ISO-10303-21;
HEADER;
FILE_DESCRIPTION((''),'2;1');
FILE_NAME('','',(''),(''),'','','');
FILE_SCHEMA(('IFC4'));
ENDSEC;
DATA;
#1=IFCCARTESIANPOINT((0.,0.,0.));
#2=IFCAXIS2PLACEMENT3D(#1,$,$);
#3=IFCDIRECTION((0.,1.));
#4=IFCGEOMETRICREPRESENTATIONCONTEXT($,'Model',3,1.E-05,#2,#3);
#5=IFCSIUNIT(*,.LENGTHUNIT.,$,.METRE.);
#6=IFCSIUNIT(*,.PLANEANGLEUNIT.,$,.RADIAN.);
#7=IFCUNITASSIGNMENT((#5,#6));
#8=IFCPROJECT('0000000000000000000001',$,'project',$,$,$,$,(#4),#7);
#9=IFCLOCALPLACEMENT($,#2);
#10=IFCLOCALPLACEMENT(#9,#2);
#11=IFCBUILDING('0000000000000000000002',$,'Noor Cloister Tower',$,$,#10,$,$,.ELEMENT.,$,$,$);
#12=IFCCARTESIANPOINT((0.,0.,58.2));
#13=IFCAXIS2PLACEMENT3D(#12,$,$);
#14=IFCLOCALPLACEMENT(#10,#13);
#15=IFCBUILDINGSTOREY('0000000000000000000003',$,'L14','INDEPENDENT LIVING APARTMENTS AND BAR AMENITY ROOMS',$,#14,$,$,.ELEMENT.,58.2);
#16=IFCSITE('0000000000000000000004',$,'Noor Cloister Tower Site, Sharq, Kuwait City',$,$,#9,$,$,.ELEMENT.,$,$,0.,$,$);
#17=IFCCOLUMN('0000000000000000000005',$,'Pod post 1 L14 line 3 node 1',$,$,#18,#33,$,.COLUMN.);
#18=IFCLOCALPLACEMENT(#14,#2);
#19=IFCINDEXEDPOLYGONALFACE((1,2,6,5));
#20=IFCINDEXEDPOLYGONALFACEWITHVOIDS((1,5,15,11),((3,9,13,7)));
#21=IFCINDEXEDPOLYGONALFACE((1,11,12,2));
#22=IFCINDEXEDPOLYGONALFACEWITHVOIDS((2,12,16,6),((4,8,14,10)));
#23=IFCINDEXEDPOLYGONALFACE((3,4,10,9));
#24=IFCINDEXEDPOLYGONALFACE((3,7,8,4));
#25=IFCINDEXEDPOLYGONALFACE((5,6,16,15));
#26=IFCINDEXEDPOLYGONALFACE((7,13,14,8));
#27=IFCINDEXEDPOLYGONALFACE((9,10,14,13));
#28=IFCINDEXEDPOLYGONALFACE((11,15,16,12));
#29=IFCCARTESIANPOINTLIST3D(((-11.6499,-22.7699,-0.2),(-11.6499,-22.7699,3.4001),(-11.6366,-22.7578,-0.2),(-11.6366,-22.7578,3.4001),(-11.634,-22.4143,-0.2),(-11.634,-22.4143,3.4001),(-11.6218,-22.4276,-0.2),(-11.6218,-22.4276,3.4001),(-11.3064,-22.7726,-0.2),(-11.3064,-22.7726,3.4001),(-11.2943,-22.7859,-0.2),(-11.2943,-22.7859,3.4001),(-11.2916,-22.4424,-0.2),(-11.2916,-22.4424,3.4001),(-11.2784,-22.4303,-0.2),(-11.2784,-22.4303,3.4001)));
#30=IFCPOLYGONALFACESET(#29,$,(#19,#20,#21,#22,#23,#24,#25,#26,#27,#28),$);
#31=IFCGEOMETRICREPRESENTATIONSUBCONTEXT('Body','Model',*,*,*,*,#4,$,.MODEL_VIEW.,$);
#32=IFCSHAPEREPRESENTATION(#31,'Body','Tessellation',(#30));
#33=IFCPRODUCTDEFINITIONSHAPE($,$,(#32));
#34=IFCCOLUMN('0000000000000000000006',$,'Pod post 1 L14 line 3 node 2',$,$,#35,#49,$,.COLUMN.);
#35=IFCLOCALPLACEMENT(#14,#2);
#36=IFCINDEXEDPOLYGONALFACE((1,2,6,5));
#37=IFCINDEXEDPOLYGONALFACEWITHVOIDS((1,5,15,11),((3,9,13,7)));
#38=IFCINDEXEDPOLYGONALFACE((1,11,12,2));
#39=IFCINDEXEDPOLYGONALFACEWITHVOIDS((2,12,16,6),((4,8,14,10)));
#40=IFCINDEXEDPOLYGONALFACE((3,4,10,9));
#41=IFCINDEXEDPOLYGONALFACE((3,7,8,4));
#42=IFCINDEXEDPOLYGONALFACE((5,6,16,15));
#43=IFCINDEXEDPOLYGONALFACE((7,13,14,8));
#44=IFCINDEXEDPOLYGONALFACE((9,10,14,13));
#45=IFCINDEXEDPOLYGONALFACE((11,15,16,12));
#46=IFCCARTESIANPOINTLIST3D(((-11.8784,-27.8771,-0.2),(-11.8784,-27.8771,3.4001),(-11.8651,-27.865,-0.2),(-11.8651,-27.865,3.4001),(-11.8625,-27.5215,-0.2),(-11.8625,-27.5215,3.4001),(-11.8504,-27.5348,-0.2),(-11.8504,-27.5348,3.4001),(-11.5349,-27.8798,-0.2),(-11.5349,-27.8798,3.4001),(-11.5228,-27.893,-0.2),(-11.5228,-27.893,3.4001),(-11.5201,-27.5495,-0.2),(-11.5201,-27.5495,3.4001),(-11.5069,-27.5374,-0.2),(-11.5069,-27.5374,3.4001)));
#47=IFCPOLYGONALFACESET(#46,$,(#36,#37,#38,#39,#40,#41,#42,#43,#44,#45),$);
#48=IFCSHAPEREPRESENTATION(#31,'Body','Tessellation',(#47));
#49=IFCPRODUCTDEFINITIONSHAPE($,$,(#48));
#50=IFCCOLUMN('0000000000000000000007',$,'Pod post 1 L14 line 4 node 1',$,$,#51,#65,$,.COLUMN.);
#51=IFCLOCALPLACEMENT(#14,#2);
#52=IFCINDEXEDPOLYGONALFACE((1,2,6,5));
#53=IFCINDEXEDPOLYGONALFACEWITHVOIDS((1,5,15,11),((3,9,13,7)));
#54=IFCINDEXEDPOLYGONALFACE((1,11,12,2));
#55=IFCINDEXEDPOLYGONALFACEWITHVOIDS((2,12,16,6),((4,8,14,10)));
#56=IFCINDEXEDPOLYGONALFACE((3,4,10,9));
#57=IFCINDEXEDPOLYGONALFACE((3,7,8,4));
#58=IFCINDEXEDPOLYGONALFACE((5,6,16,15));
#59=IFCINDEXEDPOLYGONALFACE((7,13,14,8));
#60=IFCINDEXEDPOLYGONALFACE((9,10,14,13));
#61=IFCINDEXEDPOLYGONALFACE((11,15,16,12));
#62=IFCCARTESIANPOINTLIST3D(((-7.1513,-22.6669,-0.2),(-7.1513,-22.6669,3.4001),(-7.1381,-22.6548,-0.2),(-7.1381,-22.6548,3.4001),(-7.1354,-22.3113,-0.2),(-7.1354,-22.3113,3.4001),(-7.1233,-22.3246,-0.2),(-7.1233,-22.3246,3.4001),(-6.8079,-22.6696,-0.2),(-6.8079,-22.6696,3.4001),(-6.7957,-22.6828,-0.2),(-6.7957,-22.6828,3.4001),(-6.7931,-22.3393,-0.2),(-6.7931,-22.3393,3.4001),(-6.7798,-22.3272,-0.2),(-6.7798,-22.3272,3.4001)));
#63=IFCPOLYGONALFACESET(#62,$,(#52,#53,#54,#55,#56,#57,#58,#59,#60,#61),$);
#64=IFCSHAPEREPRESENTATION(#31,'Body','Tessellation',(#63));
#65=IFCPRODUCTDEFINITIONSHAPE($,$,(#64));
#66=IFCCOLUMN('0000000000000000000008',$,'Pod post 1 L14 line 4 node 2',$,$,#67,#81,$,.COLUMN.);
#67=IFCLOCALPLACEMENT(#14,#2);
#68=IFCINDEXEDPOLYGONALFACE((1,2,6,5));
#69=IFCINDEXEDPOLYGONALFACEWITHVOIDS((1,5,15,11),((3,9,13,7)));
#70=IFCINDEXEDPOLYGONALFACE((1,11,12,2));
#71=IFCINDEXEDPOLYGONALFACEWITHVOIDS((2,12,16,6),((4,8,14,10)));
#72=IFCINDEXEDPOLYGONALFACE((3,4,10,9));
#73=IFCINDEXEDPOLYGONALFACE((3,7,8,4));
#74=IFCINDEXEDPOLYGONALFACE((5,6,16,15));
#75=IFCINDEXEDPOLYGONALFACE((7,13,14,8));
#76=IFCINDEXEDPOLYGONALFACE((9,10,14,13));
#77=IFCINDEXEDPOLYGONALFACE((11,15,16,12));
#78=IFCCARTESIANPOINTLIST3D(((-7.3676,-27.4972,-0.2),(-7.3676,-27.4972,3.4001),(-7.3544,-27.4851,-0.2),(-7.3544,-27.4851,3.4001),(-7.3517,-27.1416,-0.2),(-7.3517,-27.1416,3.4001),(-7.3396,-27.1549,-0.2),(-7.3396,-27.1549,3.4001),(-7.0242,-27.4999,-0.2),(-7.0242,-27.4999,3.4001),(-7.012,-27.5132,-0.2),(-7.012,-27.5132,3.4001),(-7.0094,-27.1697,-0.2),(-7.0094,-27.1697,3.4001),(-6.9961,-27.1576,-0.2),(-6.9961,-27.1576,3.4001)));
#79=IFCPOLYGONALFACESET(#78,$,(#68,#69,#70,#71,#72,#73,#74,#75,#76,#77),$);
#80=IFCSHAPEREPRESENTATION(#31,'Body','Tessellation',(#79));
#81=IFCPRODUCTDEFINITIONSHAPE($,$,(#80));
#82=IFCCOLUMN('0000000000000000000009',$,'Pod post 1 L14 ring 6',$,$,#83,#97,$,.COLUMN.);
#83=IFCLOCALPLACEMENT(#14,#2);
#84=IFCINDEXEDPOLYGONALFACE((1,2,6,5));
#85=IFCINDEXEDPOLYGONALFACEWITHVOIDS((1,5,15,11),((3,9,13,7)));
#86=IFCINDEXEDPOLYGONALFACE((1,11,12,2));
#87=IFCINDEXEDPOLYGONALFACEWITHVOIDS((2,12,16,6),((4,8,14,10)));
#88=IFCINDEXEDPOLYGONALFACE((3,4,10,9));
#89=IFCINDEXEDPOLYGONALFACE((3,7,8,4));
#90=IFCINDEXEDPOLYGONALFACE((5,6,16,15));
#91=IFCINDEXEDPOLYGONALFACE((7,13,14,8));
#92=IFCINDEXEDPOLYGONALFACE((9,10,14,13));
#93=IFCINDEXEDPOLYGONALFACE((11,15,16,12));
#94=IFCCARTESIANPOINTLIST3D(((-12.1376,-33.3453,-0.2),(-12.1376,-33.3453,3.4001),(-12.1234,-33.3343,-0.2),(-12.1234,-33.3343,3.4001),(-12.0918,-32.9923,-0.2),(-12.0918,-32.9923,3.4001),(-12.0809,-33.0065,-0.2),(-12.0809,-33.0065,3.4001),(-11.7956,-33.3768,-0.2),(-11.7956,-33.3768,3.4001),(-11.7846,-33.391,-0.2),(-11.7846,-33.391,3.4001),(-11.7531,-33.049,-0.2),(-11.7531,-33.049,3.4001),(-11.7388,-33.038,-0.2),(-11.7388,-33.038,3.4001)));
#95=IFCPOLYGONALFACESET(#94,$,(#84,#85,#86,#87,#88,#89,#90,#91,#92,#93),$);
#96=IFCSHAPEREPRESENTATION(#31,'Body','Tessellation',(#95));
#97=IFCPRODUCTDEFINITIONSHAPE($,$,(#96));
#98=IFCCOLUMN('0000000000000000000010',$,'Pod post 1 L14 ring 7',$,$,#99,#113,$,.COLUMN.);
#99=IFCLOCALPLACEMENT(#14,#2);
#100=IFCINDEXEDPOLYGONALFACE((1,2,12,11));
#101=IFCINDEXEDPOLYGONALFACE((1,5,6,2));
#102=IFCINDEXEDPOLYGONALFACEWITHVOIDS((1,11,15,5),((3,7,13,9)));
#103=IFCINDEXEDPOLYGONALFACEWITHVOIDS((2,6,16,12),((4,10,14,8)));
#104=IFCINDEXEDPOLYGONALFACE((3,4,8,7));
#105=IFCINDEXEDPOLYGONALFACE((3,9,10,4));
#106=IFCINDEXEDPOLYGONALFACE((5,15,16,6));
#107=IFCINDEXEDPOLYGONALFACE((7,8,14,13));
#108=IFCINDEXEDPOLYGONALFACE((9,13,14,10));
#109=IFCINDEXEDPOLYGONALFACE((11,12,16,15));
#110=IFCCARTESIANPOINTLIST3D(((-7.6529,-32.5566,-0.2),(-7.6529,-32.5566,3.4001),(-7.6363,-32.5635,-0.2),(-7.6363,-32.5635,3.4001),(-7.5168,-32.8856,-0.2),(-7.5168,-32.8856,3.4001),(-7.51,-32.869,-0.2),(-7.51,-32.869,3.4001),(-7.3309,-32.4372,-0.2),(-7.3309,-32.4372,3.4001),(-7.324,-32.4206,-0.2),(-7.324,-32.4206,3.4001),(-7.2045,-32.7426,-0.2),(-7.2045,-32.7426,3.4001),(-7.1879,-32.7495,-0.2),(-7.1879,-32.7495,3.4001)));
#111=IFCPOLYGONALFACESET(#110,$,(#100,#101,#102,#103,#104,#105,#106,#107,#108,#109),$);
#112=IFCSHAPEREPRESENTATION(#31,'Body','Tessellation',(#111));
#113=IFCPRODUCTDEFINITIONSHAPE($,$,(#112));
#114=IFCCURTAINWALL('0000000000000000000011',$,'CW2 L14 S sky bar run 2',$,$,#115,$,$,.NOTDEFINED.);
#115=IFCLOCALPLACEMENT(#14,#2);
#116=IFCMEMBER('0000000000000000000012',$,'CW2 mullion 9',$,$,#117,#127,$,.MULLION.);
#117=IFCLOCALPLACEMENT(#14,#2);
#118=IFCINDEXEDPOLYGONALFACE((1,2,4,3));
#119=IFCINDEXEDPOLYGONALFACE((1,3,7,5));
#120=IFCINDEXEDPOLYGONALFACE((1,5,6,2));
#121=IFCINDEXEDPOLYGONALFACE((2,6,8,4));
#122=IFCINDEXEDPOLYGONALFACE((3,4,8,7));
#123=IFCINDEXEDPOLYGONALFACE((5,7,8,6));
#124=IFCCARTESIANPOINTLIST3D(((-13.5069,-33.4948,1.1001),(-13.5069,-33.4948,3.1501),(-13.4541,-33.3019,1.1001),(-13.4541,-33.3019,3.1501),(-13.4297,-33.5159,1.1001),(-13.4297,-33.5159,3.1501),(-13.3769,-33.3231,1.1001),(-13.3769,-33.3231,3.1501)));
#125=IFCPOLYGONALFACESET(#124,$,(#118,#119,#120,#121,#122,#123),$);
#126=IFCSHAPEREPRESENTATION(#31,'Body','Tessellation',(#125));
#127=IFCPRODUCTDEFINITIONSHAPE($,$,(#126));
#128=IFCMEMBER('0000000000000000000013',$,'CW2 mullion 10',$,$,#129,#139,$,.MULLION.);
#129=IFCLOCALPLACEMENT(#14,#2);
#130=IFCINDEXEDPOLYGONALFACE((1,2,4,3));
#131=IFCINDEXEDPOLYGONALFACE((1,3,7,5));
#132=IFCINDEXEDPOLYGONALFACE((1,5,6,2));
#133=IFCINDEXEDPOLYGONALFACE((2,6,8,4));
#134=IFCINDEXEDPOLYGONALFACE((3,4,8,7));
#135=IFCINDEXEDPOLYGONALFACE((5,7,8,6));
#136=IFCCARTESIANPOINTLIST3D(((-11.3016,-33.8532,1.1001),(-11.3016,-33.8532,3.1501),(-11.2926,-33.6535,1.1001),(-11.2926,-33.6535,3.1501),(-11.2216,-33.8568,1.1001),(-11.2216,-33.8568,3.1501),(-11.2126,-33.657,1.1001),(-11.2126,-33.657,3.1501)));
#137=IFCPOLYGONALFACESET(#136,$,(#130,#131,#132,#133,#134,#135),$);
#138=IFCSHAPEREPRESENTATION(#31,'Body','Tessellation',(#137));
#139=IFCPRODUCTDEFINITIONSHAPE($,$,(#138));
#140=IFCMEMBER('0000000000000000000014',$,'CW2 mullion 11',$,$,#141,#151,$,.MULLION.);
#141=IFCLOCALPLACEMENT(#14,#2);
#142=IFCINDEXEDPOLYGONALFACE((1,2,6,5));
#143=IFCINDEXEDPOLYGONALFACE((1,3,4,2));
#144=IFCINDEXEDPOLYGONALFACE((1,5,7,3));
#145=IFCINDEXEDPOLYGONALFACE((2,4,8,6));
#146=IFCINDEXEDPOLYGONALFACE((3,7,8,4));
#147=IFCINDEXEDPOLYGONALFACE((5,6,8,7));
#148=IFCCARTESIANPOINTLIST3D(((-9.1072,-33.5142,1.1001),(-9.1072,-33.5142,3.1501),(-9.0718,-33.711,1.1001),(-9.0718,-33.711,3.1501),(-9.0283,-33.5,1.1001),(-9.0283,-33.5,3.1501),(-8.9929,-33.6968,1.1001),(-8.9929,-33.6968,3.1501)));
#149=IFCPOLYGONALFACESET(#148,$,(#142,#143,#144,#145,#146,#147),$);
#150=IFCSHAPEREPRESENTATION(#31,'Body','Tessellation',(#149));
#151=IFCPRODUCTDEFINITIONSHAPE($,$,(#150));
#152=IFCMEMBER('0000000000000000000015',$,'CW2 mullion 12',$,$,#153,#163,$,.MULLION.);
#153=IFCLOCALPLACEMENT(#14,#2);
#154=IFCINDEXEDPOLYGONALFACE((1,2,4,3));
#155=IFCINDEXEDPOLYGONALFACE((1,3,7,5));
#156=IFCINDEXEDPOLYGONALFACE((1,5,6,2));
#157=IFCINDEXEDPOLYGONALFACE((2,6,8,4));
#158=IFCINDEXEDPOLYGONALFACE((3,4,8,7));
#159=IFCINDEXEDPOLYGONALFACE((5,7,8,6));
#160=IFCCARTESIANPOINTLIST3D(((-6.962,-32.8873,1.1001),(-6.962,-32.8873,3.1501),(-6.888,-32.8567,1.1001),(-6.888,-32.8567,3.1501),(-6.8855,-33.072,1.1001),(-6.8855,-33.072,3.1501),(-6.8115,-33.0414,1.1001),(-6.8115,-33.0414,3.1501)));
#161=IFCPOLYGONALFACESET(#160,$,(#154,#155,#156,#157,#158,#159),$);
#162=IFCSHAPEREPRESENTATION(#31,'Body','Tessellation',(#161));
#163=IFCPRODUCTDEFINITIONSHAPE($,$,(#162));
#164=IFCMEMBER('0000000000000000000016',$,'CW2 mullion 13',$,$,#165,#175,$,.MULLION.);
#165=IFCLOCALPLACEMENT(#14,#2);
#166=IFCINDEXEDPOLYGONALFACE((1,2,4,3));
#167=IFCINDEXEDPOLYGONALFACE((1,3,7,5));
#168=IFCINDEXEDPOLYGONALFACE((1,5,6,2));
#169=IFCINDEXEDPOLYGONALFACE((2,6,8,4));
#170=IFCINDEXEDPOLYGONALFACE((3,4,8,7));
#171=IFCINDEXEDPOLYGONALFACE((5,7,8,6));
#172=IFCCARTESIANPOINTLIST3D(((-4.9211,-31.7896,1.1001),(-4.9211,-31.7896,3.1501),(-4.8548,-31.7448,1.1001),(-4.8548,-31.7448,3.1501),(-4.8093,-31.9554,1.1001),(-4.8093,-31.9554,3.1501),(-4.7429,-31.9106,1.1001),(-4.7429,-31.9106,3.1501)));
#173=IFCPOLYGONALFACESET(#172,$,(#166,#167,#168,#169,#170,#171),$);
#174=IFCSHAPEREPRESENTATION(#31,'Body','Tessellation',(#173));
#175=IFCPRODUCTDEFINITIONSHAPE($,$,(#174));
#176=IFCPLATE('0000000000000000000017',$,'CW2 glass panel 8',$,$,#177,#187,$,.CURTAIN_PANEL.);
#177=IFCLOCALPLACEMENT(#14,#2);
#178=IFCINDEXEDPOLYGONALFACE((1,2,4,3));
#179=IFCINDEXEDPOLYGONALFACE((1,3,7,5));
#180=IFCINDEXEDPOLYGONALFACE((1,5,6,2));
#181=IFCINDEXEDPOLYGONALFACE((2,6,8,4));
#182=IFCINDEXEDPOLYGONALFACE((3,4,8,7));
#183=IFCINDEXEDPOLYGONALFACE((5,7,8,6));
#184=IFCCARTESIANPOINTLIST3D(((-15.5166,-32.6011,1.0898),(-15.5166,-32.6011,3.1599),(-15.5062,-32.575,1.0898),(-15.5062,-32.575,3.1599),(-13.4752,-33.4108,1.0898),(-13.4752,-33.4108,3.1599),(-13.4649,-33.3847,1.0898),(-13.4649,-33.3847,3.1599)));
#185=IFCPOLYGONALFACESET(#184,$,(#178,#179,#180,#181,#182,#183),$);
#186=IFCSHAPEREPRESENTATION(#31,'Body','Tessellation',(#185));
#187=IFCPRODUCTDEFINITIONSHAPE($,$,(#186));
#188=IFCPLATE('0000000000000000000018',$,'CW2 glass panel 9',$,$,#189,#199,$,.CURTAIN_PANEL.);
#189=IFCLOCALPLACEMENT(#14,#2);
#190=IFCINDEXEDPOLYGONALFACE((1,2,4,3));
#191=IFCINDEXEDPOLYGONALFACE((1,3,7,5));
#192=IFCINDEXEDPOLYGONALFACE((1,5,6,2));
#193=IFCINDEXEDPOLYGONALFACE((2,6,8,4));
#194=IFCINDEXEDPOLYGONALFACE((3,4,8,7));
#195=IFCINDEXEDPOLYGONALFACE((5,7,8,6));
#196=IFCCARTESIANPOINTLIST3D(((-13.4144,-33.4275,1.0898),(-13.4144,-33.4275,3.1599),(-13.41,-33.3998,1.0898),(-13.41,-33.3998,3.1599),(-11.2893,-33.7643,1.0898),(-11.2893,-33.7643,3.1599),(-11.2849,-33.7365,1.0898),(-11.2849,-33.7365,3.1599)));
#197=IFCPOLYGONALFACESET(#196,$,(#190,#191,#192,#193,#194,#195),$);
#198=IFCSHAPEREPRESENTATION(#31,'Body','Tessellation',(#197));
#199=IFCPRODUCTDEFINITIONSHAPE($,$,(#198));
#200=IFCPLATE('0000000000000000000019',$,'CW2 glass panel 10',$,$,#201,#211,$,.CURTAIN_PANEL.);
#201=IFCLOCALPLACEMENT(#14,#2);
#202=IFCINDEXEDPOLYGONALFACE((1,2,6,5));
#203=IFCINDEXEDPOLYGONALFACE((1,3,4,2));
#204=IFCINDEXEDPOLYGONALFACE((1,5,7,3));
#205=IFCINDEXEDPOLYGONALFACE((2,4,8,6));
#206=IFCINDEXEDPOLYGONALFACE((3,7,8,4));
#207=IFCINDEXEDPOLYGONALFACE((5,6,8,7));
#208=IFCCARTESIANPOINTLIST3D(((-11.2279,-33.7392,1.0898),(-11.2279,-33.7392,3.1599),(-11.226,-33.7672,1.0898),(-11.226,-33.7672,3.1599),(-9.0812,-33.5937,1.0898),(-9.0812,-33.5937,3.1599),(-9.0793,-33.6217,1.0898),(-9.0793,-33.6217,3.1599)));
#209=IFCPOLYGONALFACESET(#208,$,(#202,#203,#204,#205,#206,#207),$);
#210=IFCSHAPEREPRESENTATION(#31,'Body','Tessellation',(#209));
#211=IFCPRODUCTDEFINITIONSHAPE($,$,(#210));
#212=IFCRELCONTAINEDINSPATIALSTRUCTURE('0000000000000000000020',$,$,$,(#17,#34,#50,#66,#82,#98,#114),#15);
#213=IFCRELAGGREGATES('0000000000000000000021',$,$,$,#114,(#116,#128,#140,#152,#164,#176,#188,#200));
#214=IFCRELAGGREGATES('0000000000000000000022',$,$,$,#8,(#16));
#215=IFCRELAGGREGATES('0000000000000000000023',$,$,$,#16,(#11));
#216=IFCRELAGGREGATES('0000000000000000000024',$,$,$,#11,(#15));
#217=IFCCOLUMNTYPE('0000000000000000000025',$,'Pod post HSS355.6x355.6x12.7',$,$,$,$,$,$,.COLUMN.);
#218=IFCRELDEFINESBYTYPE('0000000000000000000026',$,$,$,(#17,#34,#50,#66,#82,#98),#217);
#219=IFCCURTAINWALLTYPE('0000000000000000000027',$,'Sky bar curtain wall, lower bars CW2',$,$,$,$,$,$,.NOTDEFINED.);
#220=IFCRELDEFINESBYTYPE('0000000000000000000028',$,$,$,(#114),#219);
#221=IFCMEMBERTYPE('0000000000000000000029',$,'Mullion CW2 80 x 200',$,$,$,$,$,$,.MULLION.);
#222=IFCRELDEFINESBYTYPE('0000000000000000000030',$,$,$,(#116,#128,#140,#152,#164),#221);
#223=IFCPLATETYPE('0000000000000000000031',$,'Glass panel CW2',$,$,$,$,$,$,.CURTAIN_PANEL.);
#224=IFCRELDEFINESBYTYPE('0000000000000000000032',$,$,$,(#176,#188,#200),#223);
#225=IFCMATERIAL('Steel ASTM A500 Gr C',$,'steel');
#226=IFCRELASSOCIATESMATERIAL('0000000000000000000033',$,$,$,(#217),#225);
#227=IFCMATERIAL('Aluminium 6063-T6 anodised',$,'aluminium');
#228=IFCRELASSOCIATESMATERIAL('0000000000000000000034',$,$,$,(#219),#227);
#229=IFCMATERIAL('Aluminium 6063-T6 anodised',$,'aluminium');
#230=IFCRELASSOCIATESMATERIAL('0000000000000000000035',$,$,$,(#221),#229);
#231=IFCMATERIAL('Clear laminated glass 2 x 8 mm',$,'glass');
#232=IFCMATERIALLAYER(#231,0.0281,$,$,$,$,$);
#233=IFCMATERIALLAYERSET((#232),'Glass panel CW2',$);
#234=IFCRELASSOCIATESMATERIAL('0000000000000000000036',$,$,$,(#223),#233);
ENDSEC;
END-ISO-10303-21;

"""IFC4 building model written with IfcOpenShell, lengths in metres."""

from ifc_helpers import new_model, si_unit, direction, frame, origin, origin_2d, place, context, subcontext, project, spatial, rectangle, hollow_rectangle, extrude, material, layer, layer_set, material_profile, profile_set, type_object, element, aggregate, save


model = new_model("IFC4")

# Units and contexts
model_context = context("Model", 3, precision=1e-05, world=origin(), true_north=direction((0.0, 1.0)))
body_context = subcontext(model_context, "Body", "Model", "MODEL_VIEW")
ifc_project = project(units=[si_unit("LENGTHUNIT", "METRE"), si_unit("PLANEANGLEUNIT", "RADIAN")], contexts=[model_context])

# Site, building, storey
site_placement = place(None, origin())
site = spatial("IfcSite", under=ifc_project, at=site_placement, Name="Noor Cloister Tower Site, Sharq, Kuwait City", CompositionType="ELEMENT", RefElevation=0.0)
building_placement = place(site_placement, origin())
building = spatial("IfcBuilding", under=site, at=building_placement, Name="Noor Cloister Tower", CompositionType="ELEMENT")
storey_placement = place(building_placement, frame((0.0, 0.0, 58.2)))
storey = spatial("IfcBuildingStorey", under=building, at=storey_placement, Name="L14", Description="INDEPENDENT LIVING APARTMENTS AND BAR AMENITY ROOMS", CompositionType="ELEMENT", Elevation=58.2)

# Columns
ifc_material_1 = material(Name="Steel ASTM A500 Gr C", Category="steel")
ifc_material_profile_1 = material_profile(ifc_material_1, hollow_rectangle(XDim=0.356, YDim=0.356, WallThickness=0.0127, at=origin_2d()), Name="HSS355.6x355.6x12.7")
ifc_profile_set_1 = profile_set([ifc_material_profile_1], Name="Steel ASTM A500 Gr C")
column_type = type_object("IfcColumnType", Name="Pod post HSS355.6x355.6x12.7", PredefinedType="COLUMN", material=ifc_profile_set_1)
for number, where, z_axis, x_axis, name in (
    (1, (-11.4641, -22.6001, -0.2), (0.0, 0.0, 1.0), (-0.044724, -0.998999, 0.0), "Pod post 1 L14 line 3 node 1"),
    (2, (-11.6926, -27.7073, -0.2), (0.0, 0.0, 1.0), (-0.044724, -0.998999, 0.0), "Pod post 1 L14 line 3 node 2"),
    (3, (-6.9656, -22.4971, -0.2), (0.0, 0.0, 1.0), (-0.044724, -0.998999, 0.0), "Pod post 1 L14 line 4 node 1"),
    (4, (-7.1819, -27.3274, -0.2), (0.0, 0.0, 1.0), (-0.044724, -0.998999, 0.0), "Pod post 1 L14 line 4 node 2"),
    (5, (-11.9382, -33.1917, -0.2), (0.0, 0.0, 1.0), (0.991694, -0.128621, 0.0), "Pod post 1 L14 ring 6"),
    (6, (-7.4204, -32.6531, -0.2), (0.0, 0.0, 1.0), (0.924064, 0.382238, 0.0), "Pod post 1 L14 ring 7"),
):
    element("IfcColumn", number, at=place(storey_placement, frame(where, z_axis=z_axis, x_axis=x_axis)), inside=storey, type_object=column_type, Name=name, PredefinedType="COLUMN", context=body_context, shape_type="SweptSolid", body=[
        extrude(hollow_rectangle(XDim=0.356, YDim=0.356, WallThickness=0.0127, at=origin_2d()), origin(), (0.0, 0.0, 1.0), 3.6001),
    ])

# Curtain wall, members, plates
ifc_material_2 = material(Name="Aluminium 6063-T6 anodised", Category="aluminium")
curtain_wall_type = type_object("IfcCurtainWallType", Name="Sky bar curtain wall, lower bars CW2", PredefinedType="NOTDEFINED", material=ifc_material_2)
curtain_wall_placement = place(storey_placement, origin())
curtain_wall = element("IfcCurtainWall", 7, at=curtain_wall_placement, inside=storey, type_object=curtain_wall_type, Name="CW2 L14 S sky bar run 2", PredefinedType="NOTDEFINED")
ifc_material_3 = material(Name="Aluminium 6063-T6 anodised", Category="aluminium")
ifc_material_profile_2 = material_profile(ifc_material_3, rectangle(XDim=0.2, YDim=0.0801, at=origin_2d()), Name="200 x 80 mullion")
ifc_profile_set_2 = profile_set([ifc_material_profile_2], Name="Aluminium 6063-T6 anodised")
member_type = type_object("IfcMemberType", Name="Mullion CW2 80 x 200", PredefinedType="MULLION", material=ifc_profile_set_2)
member_1_placement = place(storey_placement, frame((-13.4419, -33.4089, 1.1001), z_axis=(0.0, 0.0, 1.0), x_axis=(0.264226, 0.964461, 0.0)))
member_1 = element("IfcMember", 8, at=member_1_placement, type_object=member_type, Name="CW2 mullion 9", PredefinedType="MULLION", context=body_context, shape_type="SweptSolid", body=[
    extrude(rectangle(XDim=0.2, YDim=0.0801, at=origin_2d()), origin(), (0.0, 0.0, 1.0), 2.05),
])
member_2_placement = place(storey_placement, frame((-11.2571, -33.7551, 1.1001), z_axis=(0.0, 0.0, 1.0), x_axis=(0.044724, 0.998999, 0.0)))
member_2 = element("IfcMember", 9, at=member_2_placement, type_object=member_type, Name="CW2 mullion 10", PredefinedType="MULLION", context=body_context, shape_type="SweptSolid", body=[
    extrude(rectangle(XDim=0.2, YDim=0.0801, at=origin_2d()), origin(), (0.0, 0.0, 1.0), 2.05),
])
member_3_placement = place(storey_placement, frame((-9.05, -33.6055, 1.1001), z_axis=(0.0, 0.0, 1.0), x_axis=(-0.176986, 0.984213, 0.0)))
member_3 = element("IfcMember", 10, at=member_3_placement, type_object=member_type, Name="CW2 mullion 11", PredefinedType="MULLION", context=body_context, shape_type="SweptSolid", body=[
    extrude(rectangle(XDim=0.2, YDim=0.0801, at=origin_2d()), origin(), (0.0, 0.0, 1.0), 2.05),
])
member_4_placement = place(storey_placement, frame((-6.8867, -32.9644, 1.1001), z_axis=(0.0, 0.0, 1.0), x_axis=(-0.382555, 0.923933, 0.0)))
member_4 = element("IfcMember", 11, at=member_4_placement, type_object=member_type, Name="CW2 mullion 12", PredefinedType="MULLION", context=body_context, shape_type="SweptSolid", body=[
    extrude(rectangle(XDim=0.2, YDim=0.0801, at=origin_2d()), origin(), (0.0, 0.0, 1.0), 2.05),
])
member_5_placement = place(storey_placement, frame((-4.832, -31.8501, 1.1001), z_axis=(0.0, 0.0, 1.0), x_axis=(-0.559267, 0.828988, 0.0)))
member_5 = element("IfcMember", 12, at=member_5_placement, type_object=member_type, Name="CW2 mullion 13", PredefinedType="MULLION", context=body_context, shape_type="SweptSolid", body=[
    extrude(rectangle(XDim=0.2, YDim=0.0801, at=origin_2d()), origin(), (0.0, 0.0, 1.0), 2.05),
])
ifc_material_4 = material(Name="Clear laminated glass 2 x 8 mm", Category="glass")
ifc_layer_1 = layer(ifc_material_4, 0.0281)
ifc_layer_set_1 = layer_set([ifc_layer_1], Name="Glass panel CW2")
plate_type = type_object("IfcPlateType", Name="Glass panel CW2", PredefinedType="CURTAIN_PANEL", material=ifc_layer_set_1)
plate_1_placement = place(storey_placement, frame((-14.4907, -32.9929, 1.0898), z_axis=(0.0, 0.0, 1.0), x_axis=(0.929537, -0.368729, 0.0)))
plate_1 = element("IfcPlate", 13, at=plate_1_placement, type_object=plate_type, Name="CW2 glass panel 8", PredefinedType="CURTAIN_PANEL", context=body_context, shape_type="SweptSolid", body=[
    extrude(rectangle(XDim=2.196, YDim=0.0281, at=origin_2d()), origin(), (0.0, 0.0, 1.0), 2.0701),
])
plate_2_placement = place(storey_placement, frame((-12.3496, -33.582, 1.0898), z_axis=(0.0, 0.0, 1.0), x_axis=(0.987676, -0.156515, 0.0)))
plate_2 = element("IfcPlate", 14, at=plate_2_placement, type_object=plate_type, Name="CW2 glass panel 9", PredefinedType="CURTAIN_PANEL", context=body_context, shape_type="SweptSolid", body=[
    extrude(rectangle(XDim=2.1516, YDim=0.0281, at=origin_2d()), origin(), (0.0, 0.0, 1.0), 2.0701),
])
plate_3_placement = place(storey_placement, frame((-10.1536, -33.6804, 1.0898), z_axis=(0.0, 0.0, 1.0), x_axis=(0.99771, 0.067631, 0.0)))
plate_3 = element("IfcPlate", 15, at=plate_3_placement, type_object=plate_type, Name="CW2 glass panel 10", PredefinedType="CURTAIN_PANEL", context=body_context, shape_type="SweptSolid", body=[
    extrude(rectangle(XDim=2.1516, YDim=0.0281, at=origin_2d()), origin(), (0.0, 0.0, 1.0), 2.0701),
])
aggregate(curtain_wall, [member_1, member_2, member_3, member_4, member_5, plate_1, plate_2, plate_3])

save(model, "model.ifc")
